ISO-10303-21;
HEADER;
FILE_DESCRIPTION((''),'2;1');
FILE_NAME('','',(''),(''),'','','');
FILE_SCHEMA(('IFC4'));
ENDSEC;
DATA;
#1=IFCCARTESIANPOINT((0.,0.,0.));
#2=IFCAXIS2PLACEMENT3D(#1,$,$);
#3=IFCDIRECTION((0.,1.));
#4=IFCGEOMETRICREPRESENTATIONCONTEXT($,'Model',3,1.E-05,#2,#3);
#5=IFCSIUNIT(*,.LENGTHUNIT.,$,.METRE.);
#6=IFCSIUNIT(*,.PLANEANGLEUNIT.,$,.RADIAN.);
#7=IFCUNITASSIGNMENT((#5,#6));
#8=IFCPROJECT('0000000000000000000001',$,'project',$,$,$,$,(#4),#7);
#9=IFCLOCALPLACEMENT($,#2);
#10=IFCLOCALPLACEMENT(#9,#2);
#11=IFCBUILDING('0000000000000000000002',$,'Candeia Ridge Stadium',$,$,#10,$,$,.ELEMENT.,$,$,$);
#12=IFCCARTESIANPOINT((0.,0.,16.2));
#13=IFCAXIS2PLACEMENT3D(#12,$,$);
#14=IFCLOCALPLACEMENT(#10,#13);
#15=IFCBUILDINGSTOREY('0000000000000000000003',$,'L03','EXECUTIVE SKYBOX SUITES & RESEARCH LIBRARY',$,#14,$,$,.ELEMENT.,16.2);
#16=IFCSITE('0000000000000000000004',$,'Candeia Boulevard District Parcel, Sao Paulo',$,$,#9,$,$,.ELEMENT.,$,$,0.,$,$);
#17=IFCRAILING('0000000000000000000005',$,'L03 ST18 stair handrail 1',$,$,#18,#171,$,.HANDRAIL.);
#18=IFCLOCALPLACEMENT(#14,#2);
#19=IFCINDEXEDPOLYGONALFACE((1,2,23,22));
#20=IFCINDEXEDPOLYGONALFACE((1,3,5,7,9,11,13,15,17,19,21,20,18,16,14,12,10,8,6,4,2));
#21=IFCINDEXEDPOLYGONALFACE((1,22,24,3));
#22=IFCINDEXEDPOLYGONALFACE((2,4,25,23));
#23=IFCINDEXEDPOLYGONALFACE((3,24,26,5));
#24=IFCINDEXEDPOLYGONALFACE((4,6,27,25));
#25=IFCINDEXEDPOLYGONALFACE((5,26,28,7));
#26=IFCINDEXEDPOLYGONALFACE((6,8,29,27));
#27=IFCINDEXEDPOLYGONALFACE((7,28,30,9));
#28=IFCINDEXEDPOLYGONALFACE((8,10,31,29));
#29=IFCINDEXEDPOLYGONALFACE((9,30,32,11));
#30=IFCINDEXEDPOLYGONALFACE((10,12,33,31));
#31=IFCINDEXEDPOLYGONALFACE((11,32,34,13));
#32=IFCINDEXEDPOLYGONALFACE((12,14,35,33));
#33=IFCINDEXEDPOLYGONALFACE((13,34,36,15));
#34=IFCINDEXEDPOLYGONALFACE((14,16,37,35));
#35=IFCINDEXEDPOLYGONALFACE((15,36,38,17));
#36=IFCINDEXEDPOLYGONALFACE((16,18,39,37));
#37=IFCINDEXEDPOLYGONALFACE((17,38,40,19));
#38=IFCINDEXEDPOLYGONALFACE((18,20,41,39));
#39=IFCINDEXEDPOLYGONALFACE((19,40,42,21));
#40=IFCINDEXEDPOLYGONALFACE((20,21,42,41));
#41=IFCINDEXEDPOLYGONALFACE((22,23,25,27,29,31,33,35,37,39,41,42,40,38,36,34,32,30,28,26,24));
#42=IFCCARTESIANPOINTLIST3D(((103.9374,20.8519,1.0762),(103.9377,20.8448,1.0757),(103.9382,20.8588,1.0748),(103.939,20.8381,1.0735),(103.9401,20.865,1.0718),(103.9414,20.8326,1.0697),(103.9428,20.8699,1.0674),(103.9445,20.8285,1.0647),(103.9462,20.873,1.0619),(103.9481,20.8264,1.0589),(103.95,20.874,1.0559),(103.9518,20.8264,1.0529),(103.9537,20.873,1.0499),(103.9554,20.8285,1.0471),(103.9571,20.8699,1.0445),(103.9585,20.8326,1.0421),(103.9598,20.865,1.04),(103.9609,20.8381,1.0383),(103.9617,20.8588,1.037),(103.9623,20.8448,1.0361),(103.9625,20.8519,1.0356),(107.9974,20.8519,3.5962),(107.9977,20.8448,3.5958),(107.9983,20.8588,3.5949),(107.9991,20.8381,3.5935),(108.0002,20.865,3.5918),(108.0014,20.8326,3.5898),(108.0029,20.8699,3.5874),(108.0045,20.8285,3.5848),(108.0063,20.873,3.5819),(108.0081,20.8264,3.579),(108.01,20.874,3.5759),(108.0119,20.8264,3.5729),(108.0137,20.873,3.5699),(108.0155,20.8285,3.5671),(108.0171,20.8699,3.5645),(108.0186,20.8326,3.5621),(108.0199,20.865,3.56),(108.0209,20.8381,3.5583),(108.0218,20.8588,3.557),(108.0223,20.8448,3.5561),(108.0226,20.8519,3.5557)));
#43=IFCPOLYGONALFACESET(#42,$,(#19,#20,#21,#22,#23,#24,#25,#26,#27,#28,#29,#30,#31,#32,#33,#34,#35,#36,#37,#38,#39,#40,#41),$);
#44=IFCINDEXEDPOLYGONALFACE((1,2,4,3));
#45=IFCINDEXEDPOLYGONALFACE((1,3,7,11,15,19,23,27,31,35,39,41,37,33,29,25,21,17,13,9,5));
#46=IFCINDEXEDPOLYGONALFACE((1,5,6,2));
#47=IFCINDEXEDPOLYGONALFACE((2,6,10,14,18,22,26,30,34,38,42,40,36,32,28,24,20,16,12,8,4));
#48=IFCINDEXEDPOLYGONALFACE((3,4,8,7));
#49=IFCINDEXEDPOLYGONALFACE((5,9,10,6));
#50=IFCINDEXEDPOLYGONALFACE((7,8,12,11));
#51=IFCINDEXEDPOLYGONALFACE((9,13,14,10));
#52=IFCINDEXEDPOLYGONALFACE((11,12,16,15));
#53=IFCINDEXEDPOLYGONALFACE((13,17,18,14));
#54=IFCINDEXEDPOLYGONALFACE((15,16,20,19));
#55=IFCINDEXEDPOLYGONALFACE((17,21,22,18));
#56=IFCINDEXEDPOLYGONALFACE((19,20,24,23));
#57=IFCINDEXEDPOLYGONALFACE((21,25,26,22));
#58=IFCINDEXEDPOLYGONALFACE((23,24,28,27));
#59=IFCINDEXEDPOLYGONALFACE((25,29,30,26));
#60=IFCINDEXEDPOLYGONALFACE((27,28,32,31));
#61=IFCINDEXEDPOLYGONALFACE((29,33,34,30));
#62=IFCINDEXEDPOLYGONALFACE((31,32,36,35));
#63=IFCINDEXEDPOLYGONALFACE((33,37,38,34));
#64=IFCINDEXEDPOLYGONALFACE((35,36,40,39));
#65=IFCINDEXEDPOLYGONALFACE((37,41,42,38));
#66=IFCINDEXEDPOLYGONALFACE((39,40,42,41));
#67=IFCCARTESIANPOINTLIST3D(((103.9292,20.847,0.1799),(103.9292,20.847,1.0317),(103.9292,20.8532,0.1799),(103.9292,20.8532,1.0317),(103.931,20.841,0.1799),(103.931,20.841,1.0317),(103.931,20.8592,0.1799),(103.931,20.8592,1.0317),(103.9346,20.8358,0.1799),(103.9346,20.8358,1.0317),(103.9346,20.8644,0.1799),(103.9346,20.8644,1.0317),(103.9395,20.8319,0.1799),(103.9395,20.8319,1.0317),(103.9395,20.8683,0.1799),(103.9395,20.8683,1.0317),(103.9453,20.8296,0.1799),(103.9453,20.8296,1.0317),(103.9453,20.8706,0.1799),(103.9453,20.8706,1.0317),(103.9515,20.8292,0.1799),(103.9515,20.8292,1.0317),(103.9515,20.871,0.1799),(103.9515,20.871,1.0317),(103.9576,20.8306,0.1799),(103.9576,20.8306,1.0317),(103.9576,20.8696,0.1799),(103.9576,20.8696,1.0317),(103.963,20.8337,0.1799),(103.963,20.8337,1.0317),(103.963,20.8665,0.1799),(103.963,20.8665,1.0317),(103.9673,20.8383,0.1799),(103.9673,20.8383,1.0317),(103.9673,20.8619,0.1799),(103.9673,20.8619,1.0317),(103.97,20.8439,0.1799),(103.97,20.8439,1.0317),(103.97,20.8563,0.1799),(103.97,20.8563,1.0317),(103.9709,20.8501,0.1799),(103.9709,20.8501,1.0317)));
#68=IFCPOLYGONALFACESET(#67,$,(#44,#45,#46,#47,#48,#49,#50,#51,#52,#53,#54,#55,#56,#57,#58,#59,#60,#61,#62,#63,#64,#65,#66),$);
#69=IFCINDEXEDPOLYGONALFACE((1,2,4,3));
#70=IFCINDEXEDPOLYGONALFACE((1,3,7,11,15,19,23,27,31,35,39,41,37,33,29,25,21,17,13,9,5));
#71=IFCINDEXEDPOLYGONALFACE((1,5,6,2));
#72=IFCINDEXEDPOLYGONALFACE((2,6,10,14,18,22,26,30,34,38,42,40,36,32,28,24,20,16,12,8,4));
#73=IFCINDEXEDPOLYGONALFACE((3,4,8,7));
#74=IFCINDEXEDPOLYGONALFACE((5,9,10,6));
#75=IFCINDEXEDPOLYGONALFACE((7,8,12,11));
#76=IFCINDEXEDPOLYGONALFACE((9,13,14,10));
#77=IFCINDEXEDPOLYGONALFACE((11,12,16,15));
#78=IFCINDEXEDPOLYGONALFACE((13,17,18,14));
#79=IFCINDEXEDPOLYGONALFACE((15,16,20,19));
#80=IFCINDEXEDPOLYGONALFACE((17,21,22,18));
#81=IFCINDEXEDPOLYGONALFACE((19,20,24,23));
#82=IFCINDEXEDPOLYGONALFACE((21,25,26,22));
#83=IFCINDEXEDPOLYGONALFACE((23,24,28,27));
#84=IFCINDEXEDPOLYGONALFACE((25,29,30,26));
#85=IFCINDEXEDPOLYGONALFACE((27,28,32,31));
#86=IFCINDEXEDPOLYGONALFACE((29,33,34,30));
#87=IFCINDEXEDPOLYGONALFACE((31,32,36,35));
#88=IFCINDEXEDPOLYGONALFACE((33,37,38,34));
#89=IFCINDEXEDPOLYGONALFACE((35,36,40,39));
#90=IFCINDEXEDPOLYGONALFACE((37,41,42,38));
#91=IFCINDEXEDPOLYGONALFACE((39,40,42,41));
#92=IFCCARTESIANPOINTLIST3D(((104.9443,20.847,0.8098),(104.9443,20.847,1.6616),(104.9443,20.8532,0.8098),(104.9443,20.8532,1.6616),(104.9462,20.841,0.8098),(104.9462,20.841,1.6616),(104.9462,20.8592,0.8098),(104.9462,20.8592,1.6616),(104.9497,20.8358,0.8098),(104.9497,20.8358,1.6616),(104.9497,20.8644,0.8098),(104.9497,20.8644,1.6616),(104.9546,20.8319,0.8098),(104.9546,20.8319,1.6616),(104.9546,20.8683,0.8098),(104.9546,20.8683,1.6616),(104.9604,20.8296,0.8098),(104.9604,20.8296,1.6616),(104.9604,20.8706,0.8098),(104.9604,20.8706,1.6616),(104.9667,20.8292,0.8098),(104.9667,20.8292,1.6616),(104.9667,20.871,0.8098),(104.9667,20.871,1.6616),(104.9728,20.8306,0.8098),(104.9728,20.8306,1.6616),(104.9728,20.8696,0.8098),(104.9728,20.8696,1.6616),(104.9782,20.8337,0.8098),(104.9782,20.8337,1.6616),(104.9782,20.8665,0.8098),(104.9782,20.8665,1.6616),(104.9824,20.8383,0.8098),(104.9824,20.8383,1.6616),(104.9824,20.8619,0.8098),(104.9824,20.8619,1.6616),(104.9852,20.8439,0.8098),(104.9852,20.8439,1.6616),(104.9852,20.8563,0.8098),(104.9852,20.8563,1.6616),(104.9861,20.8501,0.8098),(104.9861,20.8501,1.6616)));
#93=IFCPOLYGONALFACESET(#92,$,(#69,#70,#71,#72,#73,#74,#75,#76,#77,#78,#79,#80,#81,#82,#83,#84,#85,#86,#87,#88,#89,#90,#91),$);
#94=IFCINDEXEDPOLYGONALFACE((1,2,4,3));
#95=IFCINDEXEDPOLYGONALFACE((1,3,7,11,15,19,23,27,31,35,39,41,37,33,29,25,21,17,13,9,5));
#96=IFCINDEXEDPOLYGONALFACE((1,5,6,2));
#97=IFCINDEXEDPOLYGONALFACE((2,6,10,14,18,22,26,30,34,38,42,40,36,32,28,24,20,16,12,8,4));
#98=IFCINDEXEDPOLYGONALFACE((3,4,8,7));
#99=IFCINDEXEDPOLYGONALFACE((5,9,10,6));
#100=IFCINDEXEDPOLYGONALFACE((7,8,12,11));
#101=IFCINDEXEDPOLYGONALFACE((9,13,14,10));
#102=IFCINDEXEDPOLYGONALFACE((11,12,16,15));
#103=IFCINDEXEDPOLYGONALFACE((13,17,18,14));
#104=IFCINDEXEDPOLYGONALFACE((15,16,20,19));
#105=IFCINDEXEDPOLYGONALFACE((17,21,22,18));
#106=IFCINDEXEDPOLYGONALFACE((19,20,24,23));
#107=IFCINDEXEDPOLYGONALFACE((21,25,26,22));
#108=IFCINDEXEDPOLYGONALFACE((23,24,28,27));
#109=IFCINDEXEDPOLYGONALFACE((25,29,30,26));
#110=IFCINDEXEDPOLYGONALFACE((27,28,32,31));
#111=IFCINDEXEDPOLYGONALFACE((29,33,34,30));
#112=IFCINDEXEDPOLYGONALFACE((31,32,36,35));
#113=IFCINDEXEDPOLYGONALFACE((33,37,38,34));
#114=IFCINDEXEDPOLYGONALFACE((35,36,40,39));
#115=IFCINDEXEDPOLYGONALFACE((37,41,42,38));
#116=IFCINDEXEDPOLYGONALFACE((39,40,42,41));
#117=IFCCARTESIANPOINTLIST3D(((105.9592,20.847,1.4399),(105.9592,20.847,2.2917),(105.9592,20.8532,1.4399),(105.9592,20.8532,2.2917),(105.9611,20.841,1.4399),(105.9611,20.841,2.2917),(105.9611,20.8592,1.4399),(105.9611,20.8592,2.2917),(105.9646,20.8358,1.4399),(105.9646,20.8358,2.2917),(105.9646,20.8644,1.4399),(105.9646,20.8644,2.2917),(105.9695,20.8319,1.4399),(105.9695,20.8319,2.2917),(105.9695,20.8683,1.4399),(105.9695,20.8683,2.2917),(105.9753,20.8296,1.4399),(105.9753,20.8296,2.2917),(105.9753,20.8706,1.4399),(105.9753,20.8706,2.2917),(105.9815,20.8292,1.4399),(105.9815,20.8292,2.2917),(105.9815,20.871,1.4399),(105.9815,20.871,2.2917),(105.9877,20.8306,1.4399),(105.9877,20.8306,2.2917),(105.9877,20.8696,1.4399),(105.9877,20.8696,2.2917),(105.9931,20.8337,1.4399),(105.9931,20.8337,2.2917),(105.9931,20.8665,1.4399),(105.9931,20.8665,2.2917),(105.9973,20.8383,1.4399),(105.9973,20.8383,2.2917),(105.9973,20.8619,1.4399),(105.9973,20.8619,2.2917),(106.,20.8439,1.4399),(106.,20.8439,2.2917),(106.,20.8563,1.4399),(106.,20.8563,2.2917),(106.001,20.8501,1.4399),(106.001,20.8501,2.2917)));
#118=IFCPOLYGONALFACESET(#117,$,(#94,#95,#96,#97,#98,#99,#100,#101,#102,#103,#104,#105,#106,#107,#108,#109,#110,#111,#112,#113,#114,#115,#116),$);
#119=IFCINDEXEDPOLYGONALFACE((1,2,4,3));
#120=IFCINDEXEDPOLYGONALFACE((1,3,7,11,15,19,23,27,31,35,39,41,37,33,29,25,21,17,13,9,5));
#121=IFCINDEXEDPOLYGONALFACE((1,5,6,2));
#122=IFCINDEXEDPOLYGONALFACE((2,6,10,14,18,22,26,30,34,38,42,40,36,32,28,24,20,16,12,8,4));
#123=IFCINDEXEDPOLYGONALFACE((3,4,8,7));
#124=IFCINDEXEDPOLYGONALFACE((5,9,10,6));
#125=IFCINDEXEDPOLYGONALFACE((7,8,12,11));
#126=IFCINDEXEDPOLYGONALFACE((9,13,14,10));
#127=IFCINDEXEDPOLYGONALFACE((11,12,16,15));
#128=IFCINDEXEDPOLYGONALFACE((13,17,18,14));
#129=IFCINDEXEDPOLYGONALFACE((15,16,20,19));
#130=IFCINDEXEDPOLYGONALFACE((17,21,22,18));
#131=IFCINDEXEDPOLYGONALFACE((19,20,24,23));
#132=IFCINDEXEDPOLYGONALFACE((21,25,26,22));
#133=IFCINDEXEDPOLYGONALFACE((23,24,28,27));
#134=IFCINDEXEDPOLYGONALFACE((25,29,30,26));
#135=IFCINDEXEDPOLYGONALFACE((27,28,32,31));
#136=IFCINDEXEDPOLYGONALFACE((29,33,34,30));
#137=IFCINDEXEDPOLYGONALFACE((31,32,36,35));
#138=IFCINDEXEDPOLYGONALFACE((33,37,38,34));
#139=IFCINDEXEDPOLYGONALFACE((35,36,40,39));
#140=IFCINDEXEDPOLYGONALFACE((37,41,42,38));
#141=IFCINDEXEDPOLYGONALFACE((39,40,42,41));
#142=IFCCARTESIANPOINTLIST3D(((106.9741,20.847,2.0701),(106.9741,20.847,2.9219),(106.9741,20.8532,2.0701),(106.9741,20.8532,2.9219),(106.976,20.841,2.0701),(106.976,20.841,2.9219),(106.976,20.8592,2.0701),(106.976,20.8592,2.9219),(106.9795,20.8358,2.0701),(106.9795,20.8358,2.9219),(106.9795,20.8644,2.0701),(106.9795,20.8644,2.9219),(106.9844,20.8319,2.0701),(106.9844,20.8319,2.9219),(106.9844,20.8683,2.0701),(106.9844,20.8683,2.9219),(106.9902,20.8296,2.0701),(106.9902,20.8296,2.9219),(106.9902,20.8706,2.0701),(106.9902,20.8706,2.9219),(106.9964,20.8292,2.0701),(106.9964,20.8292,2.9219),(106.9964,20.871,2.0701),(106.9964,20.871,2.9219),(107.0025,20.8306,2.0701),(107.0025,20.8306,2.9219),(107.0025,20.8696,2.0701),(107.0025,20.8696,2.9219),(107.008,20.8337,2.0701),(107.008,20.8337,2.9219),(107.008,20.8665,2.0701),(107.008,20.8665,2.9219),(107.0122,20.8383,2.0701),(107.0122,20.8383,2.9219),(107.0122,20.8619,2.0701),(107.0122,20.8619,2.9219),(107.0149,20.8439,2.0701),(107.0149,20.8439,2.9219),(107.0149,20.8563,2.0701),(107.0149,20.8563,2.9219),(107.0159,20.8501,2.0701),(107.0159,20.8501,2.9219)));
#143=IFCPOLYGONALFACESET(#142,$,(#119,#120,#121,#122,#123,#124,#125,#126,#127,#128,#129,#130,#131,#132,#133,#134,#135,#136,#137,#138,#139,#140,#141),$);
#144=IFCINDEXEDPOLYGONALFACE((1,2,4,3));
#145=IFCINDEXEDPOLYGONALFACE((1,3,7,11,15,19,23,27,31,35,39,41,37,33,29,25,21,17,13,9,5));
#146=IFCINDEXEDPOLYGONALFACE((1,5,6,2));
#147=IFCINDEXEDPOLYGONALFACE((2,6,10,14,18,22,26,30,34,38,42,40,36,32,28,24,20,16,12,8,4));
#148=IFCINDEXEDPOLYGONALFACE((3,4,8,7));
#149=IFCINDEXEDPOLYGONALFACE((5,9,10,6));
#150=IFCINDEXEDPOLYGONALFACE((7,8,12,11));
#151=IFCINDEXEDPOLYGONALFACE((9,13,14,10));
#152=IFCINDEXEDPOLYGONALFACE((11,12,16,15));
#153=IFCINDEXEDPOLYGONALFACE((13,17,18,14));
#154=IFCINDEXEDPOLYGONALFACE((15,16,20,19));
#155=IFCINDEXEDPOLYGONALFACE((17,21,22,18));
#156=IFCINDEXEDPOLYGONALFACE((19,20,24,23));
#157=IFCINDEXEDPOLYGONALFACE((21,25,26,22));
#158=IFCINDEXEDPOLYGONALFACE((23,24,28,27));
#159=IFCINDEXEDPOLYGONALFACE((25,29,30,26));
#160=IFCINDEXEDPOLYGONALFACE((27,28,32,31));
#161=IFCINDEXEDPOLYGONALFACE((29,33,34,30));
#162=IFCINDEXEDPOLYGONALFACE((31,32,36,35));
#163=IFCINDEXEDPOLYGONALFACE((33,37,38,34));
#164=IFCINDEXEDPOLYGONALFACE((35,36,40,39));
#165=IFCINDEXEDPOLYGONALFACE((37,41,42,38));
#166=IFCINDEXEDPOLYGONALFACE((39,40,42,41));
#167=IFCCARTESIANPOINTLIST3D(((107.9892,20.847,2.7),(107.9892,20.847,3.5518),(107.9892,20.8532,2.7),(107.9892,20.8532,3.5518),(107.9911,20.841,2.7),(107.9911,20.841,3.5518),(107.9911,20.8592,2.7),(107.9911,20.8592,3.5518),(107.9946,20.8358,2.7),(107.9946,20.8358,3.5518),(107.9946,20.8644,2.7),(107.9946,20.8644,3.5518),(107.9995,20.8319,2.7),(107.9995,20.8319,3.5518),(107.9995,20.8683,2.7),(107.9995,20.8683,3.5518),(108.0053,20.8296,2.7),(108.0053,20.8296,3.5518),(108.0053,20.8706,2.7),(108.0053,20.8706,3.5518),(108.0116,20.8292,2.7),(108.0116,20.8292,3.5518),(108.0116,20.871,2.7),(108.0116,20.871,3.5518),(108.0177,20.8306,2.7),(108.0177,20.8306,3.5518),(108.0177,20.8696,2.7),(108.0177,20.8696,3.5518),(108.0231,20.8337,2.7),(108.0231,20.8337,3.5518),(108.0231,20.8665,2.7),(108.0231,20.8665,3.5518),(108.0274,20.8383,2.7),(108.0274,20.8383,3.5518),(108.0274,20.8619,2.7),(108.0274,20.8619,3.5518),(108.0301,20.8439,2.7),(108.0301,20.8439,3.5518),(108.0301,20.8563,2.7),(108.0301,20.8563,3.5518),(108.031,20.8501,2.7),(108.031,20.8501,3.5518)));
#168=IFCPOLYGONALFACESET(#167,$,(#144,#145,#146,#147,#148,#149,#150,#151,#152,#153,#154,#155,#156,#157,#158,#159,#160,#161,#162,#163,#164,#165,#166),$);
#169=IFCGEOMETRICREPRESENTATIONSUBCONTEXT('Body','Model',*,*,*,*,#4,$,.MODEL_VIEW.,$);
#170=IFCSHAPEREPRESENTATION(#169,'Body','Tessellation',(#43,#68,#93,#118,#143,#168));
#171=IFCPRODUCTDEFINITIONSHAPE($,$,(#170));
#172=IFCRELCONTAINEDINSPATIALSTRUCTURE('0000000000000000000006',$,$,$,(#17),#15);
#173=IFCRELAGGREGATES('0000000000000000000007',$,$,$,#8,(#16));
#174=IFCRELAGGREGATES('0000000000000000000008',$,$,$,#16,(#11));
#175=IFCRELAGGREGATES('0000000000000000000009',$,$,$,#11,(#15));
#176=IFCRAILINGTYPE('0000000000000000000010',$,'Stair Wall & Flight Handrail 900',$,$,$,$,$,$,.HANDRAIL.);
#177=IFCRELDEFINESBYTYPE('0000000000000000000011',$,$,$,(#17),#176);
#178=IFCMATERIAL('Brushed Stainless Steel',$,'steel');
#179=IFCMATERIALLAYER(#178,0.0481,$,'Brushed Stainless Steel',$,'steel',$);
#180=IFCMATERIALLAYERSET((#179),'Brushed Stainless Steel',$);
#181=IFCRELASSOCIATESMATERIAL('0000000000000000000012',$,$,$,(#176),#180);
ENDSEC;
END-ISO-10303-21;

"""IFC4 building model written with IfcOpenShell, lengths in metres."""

from ifc_helpers import new_model, si_unit, direction, frame, origin, origin_2d, place, context, subcontext, project, spatial, circle, extrude, material, layer, layer_set, type_object, element, save


model = new_model("IFC4")

# Units and contexts
model_context = context("Model", 3, precision=1e-05, world=origin(), true_north=direction((0.0, 1.0)))
body_context = subcontext(model_context, "Body", "Model", "MODEL_VIEW")
ifc_project = project(units=[si_unit("LENGTHUNIT", "METRE"), si_unit("PLANEANGLEUNIT", "RADIAN")], contexts=[model_context])

# Site, building, storey
site_placement = place(None, origin())
site = spatial("IfcSite", under=ifc_project, at=site_placement, Name="Candeia Boulevard District Parcel, Sao Paulo", CompositionType="ELEMENT", RefElevation=0.0)
building_placement = place(site_placement, origin())
building = spatial("IfcBuilding", under=site, at=building_placement, Name="Candeia Ridge Stadium", CompositionType="ELEMENT")
storey_placement = place(building_placement, frame((0.0, 0.0, 16.2)))
storey = spatial("IfcBuildingStorey", under=building, at=storey_placement, Name="L03", Description="EXECUTIVE SKYBOX SUITES & RESEARCH LIBRARY", CompositionType="ELEMENT", Elevation=16.2)

# Railing
ifc_material_1 = material(Name="Brushed Stainless Steel", Category="steel")
ifc_layer_1 = layer(ifc_material_1, 0.0481, Name="Brushed Stainless Steel", Category="steel")
ifc_layer_set_1 = layer_set([ifc_layer_1], Name="Brushed Stainless Steel")
railing_type_1 = type_object("IfcRailingType", Name="Stair Wall & Flight Handrail 900", PredefinedType="HANDRAIL", material=ifc_layer_set_1)
railing_1_placement = place(storey_placement, frame((103.95, 20.8501, 0.1799)))
element("IfcRailing", 1, at=railing_1_placement, inside=storey, type_object=railing_type_1, Name="L03 ST18 stair handrail 1", PredefinedType="HANDRAIL", context=body_context, shape_type="SweptSolid", body=[
    extrude(circle(Radius=0.0239, at=origin_2d()), frame((0.0, 0.0, 0.876), z_axis=(0.849642, 0.0, 0.52736), x_axis=(0.0, 1.0, 0.0)), (0.0, 0.0, 1.0), 4.7786),
    extrude(circle(Radius=0.021, at=origin_2d()), origin(), (0.0, 0.0, 1.0), 0.8518),
    extrude(circle(Radius=0.021, at=origin_2d()), frame((1.0151, 0.0, 0.6299)), (0.0, 0.0, 1.0), 0.8518),
    extrude(circle(Radius=0.021, at=origin_2d()), frame((2.03, 0.0, 1.26)), (0.0, 0.0, 1.0), 0.8518),
    extrude(circle(Radius=0.021, at=origin_2d()), frame((3.0449, 0.0, 1.8901)), (0.0, 0.0, 1.0), 0.8518),
    extrude(circle(Radius=0.021, at=origin_2d()), frame((4.0601, 0.0, 2.52)), (0.0, 0.0, 1.0), 0.8518),
])

save(model, "model.ifc")
